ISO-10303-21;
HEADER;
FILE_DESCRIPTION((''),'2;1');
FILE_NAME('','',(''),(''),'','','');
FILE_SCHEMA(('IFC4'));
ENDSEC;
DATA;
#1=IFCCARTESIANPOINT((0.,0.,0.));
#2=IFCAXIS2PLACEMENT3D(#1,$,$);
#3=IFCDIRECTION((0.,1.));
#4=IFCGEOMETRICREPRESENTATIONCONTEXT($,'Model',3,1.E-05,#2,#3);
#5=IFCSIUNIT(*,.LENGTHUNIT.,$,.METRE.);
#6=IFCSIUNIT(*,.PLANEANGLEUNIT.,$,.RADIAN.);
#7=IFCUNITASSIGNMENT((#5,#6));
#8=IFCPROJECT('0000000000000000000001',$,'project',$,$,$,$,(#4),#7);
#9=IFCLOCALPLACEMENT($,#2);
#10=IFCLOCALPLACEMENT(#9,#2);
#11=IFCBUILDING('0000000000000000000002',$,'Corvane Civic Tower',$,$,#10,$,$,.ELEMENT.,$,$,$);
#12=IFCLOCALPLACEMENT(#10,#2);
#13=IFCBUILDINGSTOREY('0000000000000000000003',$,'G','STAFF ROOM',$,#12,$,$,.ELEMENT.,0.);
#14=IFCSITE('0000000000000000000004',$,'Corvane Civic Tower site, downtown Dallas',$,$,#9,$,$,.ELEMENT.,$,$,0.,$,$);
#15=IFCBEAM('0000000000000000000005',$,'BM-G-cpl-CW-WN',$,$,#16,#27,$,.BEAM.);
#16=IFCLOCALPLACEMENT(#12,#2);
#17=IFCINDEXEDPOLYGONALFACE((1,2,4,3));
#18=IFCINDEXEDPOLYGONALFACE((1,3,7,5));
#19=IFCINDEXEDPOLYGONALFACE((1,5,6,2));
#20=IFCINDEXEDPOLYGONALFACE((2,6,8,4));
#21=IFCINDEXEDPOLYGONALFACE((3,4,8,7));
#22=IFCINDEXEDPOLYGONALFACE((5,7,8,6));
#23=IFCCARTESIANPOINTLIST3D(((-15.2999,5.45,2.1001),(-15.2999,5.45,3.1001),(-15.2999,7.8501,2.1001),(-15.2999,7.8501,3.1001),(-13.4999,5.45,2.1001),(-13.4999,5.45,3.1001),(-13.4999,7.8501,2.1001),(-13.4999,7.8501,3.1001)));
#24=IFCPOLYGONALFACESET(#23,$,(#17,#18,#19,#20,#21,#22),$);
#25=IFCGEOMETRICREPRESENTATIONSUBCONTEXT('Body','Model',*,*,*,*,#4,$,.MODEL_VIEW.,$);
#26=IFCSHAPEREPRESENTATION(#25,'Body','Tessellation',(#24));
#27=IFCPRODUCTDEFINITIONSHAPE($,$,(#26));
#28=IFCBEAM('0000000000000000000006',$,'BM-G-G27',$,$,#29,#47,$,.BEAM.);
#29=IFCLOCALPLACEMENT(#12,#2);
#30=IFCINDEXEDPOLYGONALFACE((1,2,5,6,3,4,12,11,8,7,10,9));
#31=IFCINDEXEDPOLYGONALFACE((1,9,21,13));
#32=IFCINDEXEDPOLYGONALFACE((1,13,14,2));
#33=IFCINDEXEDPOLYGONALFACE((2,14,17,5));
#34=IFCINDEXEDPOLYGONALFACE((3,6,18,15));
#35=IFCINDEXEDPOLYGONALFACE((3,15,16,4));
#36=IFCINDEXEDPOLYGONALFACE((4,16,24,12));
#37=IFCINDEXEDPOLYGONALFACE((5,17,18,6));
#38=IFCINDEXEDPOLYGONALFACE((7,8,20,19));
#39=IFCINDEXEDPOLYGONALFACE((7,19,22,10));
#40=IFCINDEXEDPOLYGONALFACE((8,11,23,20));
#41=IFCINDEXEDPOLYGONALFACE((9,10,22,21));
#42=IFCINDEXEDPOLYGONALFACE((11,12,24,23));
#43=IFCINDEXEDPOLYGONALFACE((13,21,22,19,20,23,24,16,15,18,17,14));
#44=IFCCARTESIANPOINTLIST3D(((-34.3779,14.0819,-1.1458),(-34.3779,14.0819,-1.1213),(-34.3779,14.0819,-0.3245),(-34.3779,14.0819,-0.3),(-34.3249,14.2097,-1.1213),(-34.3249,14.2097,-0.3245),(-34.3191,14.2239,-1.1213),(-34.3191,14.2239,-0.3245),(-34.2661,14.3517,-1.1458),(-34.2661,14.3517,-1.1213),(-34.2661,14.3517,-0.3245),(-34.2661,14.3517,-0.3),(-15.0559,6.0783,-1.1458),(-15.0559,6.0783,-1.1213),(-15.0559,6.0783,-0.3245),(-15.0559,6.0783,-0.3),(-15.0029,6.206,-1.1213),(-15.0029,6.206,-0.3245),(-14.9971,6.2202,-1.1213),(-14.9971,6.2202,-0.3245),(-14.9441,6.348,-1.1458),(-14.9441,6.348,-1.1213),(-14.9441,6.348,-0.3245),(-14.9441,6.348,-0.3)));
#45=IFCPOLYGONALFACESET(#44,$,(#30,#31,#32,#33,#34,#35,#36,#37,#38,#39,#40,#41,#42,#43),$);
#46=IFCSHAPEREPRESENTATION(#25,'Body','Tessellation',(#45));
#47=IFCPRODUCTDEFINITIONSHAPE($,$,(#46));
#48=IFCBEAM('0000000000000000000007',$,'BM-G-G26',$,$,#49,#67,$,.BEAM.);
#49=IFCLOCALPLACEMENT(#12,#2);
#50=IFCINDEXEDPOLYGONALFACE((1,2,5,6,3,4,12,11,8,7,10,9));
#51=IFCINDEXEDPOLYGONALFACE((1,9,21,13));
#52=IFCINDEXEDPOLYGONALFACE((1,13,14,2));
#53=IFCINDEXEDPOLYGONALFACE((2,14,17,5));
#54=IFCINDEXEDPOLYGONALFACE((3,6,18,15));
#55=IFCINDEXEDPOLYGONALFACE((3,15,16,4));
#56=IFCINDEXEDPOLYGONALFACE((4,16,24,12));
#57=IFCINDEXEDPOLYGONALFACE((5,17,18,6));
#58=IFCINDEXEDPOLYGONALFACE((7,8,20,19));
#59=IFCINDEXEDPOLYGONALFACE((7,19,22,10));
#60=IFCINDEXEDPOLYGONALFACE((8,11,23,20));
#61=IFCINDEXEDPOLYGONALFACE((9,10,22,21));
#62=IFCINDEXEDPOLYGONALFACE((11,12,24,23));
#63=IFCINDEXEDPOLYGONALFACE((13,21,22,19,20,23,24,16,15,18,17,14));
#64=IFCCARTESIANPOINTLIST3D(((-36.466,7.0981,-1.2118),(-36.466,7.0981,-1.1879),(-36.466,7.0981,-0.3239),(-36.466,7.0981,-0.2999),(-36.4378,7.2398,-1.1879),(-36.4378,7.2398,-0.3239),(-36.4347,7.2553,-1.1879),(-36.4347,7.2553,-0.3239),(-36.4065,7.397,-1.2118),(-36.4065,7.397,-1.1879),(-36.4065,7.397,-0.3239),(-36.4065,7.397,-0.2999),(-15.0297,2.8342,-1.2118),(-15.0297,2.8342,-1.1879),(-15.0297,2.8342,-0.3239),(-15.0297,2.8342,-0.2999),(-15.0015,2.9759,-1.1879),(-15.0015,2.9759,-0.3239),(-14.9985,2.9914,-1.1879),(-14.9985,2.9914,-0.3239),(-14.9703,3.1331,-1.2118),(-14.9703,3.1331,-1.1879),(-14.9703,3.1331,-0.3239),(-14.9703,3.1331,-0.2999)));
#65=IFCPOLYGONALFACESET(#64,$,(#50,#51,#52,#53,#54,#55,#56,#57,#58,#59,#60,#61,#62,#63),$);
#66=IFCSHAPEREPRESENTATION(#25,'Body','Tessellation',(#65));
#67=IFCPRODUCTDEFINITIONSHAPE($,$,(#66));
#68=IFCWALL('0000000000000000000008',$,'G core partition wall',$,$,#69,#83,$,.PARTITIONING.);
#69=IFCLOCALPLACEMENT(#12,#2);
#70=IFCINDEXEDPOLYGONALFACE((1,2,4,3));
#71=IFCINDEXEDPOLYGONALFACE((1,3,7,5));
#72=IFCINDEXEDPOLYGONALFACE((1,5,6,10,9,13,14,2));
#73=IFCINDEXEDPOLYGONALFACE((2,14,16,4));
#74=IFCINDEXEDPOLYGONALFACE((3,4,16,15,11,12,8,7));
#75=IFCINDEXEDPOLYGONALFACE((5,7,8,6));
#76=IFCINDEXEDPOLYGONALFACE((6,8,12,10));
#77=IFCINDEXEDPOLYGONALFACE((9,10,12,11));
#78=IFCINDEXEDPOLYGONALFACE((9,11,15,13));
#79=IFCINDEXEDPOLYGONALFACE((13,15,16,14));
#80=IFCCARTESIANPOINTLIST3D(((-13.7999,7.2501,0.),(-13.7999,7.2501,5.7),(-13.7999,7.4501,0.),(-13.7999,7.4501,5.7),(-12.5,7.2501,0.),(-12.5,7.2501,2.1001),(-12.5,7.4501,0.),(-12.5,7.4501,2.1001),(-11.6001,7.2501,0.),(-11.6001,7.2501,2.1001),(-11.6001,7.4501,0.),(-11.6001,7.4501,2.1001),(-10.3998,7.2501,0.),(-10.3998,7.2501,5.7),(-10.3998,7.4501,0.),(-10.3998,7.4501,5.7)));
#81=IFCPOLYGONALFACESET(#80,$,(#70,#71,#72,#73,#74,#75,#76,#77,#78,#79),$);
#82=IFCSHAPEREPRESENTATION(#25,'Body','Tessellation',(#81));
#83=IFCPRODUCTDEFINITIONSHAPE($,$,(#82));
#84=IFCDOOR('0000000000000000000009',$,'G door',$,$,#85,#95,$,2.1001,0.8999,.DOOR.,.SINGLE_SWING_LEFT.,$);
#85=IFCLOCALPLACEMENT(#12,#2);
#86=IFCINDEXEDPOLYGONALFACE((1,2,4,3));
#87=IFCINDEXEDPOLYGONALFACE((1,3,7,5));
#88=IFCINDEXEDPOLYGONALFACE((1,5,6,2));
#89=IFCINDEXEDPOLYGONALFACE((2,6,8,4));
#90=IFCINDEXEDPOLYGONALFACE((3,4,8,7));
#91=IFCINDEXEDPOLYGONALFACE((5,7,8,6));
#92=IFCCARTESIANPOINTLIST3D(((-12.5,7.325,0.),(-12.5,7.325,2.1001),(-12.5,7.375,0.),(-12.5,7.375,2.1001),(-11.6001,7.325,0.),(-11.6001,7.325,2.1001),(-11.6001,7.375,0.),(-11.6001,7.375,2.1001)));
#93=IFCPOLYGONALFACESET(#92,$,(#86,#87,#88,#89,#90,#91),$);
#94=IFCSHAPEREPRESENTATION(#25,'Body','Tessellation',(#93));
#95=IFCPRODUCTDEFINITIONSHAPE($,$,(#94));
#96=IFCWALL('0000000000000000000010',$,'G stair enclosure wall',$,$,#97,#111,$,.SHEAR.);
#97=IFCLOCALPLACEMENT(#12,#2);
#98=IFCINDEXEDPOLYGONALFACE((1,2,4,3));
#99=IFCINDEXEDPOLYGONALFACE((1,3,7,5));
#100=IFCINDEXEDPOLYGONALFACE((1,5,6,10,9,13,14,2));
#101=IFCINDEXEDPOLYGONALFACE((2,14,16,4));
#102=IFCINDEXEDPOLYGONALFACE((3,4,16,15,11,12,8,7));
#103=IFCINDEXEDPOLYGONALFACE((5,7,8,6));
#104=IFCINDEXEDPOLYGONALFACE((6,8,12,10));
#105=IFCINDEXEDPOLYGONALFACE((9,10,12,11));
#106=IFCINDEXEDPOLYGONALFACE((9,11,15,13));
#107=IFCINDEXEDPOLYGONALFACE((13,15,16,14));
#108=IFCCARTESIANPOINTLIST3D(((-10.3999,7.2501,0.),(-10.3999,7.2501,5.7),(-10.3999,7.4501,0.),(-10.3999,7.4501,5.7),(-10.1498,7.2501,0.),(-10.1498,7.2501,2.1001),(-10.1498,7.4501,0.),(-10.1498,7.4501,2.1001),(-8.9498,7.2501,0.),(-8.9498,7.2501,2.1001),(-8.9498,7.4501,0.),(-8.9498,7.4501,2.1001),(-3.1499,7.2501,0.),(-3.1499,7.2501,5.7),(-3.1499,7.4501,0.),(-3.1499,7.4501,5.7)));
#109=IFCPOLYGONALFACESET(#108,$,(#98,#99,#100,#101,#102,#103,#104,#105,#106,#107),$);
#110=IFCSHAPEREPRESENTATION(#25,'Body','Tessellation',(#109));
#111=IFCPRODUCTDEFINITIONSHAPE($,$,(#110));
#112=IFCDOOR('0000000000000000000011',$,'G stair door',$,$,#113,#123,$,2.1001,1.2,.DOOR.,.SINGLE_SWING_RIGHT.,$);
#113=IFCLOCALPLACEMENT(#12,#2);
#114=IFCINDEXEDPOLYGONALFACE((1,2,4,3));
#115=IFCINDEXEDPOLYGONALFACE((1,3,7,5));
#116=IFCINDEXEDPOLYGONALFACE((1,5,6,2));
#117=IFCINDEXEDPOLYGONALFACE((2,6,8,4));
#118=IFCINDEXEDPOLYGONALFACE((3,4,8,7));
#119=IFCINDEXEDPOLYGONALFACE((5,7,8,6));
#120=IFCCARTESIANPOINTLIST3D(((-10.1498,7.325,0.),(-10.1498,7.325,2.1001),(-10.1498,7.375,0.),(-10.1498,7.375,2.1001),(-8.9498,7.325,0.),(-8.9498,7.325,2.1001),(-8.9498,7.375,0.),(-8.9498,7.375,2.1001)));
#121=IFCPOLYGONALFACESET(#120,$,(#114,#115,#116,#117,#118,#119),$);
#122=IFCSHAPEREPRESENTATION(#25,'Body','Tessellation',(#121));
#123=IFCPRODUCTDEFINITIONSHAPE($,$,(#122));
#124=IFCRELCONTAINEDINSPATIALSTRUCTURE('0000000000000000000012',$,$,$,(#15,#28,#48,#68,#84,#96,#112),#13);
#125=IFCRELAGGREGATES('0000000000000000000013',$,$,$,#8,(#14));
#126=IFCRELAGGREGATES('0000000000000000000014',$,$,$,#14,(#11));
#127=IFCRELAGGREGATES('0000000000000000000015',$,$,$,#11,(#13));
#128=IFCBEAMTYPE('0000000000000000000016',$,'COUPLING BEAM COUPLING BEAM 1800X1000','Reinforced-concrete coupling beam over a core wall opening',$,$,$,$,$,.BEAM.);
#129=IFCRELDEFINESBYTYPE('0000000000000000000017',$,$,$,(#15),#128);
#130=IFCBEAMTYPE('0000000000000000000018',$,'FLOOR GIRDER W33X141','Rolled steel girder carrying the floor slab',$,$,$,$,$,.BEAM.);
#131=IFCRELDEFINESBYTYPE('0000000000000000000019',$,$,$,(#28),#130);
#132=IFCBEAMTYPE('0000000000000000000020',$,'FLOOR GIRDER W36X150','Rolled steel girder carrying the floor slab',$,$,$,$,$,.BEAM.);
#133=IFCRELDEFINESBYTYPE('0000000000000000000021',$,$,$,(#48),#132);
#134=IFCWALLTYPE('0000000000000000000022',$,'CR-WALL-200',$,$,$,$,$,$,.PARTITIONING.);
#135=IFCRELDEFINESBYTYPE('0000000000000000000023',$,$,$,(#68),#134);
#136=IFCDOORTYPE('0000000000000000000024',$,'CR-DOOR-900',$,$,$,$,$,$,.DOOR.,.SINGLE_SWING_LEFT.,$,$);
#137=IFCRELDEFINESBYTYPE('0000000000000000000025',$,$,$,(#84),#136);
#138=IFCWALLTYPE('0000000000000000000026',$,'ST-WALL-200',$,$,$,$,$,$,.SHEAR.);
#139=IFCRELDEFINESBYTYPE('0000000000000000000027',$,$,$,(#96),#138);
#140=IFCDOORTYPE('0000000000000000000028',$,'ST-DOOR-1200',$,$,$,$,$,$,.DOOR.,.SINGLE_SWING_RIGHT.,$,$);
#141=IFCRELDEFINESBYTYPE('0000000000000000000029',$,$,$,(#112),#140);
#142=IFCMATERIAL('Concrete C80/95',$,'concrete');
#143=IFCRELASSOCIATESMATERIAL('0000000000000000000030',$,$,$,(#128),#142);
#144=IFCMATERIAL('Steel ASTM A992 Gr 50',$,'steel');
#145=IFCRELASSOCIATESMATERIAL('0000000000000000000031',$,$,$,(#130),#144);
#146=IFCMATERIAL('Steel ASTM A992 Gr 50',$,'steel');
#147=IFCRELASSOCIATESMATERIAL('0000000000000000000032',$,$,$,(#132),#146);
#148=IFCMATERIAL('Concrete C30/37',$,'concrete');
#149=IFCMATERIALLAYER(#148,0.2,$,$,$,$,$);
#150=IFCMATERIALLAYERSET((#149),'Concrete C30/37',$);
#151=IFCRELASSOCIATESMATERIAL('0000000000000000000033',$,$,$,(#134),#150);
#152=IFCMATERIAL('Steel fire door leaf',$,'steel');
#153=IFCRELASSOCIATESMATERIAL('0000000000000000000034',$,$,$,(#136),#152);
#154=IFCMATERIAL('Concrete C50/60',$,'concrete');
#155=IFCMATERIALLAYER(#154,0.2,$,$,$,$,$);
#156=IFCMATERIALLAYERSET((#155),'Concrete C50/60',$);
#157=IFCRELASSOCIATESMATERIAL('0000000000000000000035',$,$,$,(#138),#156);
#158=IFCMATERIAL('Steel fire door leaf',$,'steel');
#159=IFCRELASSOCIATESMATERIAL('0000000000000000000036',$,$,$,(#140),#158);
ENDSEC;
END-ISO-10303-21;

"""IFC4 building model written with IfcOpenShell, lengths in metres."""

from ifc_helpers import new_model, si_unit, direction, frame, frame_2d, origin, origin_2d, place, context, subcontext, project, spatial, rectangle, i_section, extrude, material, layer, layer_set, material_profile, profile_set, type_object, element, fill, save


model = new_model("IFC4")

# Units and contexts
model_context = context("Model", 3, precision=1e-05, world=origin(), true_north=direction((0.0, 1.0)))
body_context = subcontext(model_context, "Body", "Model", "MODEL_VIEW")
ifc_project = project(units=[si_unit("LENGTHUNIT", "METRE"), si_unit("PLANEANGLEUNIT", "RADIAN")], contexts=[model_context])

# Site, building, storey
site_placement = place(None, origin())
site = spatial("IfcSite", under=ifc_project, at=site_placement, Name="Corvane Civic Tower site, downtown Dallas", CompositionType="ELEMENT", RefElevation=0.0)
building_placement = place(site_placement, origin())
building = spatial("IfcBuilding", under=site, at=building_placement, Name="Corvane Civic Tower", CompositionType="ELEMENT")
storey_placement = place(building_placement, origin())
storey = spatial("IfcBuildingStorey", under=building, at=storey_placement, Name="G", Description="STAFF ROOM", CompositionType="ELEMENT", Elevation=0.0)

# Beams
ifc_material_1 = material(Name="Concrete C80/95", Category="concrete")
ifc_material_profile_1 = material_profile(ifc_material_1, rectangle(XDim=1.8, YDim=1.0, at=origin_2d()), Name="COUPLING BEAM 1800X1000")
ifc_profile_set_1 = profile_set([ifc_material_profile_1], Name="Concrete C80/95")
beam_type_1 = type_object("IfcBeamType", Name="COUPLING BEAM COUPLING BEAM 1800X1000", Description="Reinforced-concrete coupling beam over a core wall opening", PredefinedType="BEAM", material=ifc_profile_set_1)
beam_1_placement = place(storey_placement, frame((-14.3999, 5.45, 2.6001), z_axis=(0.0, 1.0, 0.0), x_axis=(-1.0, 0.0, 0.0)))
element("IfcBeam", 1, at=beam_1_placement, inside=storey, type_object=beam_type_1, Name="BM-G-cpl-CW-WN", PredefinedType="BEAM", context=body_context, shape_type="SweptSolid", body=[
    extrude(rectangle(XDim=1.8, YDim=1.0, at=origin_2d()), origin(), (0.0, 0.0, 1.0), 2.4001),
])
ifc_material_2 = material(Name="Steel ASTM A992 Gr 50", Category="steel")
ifc_material_profile_2 = material_profile(ifc_material_2, i_section(OverallWidth=0.292, OverallDepth=0.8457, WebThickness=0.0154, FlangeThickness=0.0244, at=origin_2d()), Name="W33X141")
ifc_profile_set_2 = profile_set([ifc_material_profile_2], Name="Steel ASTM A992 Gr 50")
beam_type_2 = type_object("IfcBeamType", Name="FLOOR GIRDER W33X141", Description="Rolled steel girder carrying the floor slab", PredefinedType="BEAM", material=ifc_profile_set_2)
beam_2_placement = place(storey_placement, frame((-15.0, 6.2131, -0.7229), z_axis=(-0.923876, 0.382692, 0.0), x_axis=(-0.382692, -0.923876, 0.0)))
element("IfcBeam", 2, at=beam_2_placement, inside=storey, type_object=beam_type_2, Name="BM-G-G27", PredefinedType="BEAM", context=body_context, shape_type="SweptSolid", body=[
    extrude(i_section(OverallWidth=0.292, OverallDepth=0.8457, WebThickness=0.0154, FlangeThickness=0.0244, at=origin_2d()), origin(), (0.0, 0.0, 1.0), 20.9141),
])
ifc_material_3 = material(Name="Steel ASTM A992 Gr 50", Category="steel")
ifc_material_profile_3 = material_profile(ifc_material_3, i_section(OverallWidth=0.3047, OverallDepth=0.9119, WebThickness=0.0159, FlangeThickness=0.0239, at=origin_2d()), Name="W36X150")
ifc_profile_set_3 = profile_set([ifc_material_profile_3], Name="Steel ASTM A992 Gr 50")
beam_type_3 = type_object("IfcBeamType", Name="FLOOR GIRDER W36X150", Description="Rolled steel girder carrying the floor slab", PredefinedType="BEAM", material=ifc_profile_set_3)
beam_3_placement = place(storey_placement, frame((-15.0, 2.9836, -0.7559), z_axis=(-0.980785, 0.195089, 0.0), x_axis=(-0.195089, -0.980785, 0.0)))
element("IfcBeam", 3, at=beam_3_placement, inside=storey, type_object=beam_type_3, Name="BM-G-G26", PredefinedType="BEAM", context=body_context, shape_type="SweptSolid", body=[
    extrude(i_section(OverallWidth=0.3047, OverallDepth=0.9119, WebThickness=0.0159, FlangeThickness=0.0239, at=origin_2d()), origin(), (0.0, 0.0, 1.0), 21.8562),
])

# Shared definitions
ifc_material_4 = material(Name="Concrete C30/37", Category="concrete")
ifc_layer_1 = layer(ifc_material_4, 0.2)
ifc_layer_set_1 = layer_set([ifc_layer_1], Name="Concrete C30/37")
wall_type_1 = type_object("IfcWallType", Name="CR-WALL-200", PredefinedType="PARTITIONING", material=ifc_layer_set_1)

# Walls, openings, doors
wall_1_placement = place(storey_placement, frame((-13.8, 7.3501, 0.0), z_axis=(0.0, 0.0, 1.0), x_axis=(1.0, 0.0, 0.0)))
wall_1 = element("IfcWall", 4, at=wall_1_placement, inside=storey, type_object=wall_type_1, Name="G core partition wall", PredefinedType="PARTITIONING", context=body_context, shape_type="SweptSolid", body=[
    extrude(rectangle(XDim=3.4001, YDim=0.2, at=frame_2d((1.7002, 0.0))), origin(), (0.0, 0.0, 1.0), 5.7),
])
opening_1_placement = place(wall_1_placement, frame((1.3, 0.0, 0.0)))
opening_1 = element("IfcOpeningElement", 5, at=opening_1_placement, cuts=wall_1, PredefinedType="OPENING", context=body_context, shape_type="SweptSolid", body=[
    extrude(rectangle(XDim=0.8999, YDim=2.1001, at=frame_2d((0.45, 1.05))), frame((0.0, 0.1099, 0.0), z_axis=(0.0, -1.0, 0.0), x_axis=(1.0, 0.0, 0.0)), (0.0, 0.0, 1.0), 0.22),
])
ifc_material_5 = material(Name="Steel fire door leaf", Category="steel")
door_type_1 = type_object("IfcDoorType", Name="CR-DOOR-900", OperationType="SINGLE_SWING_LEFT", PredefinedType="DOOR", material=ifc_material_5)
door_1_placement = place(opening_1_placement, origin())
door_1 = element("IfcDoor", 6, at=door_1_placement, inside=storey, type_object=door_type_1, Name="G door", OperationType="SINGLE_SWING_LEFT", OverallHeight=2.1001, OverallWidth=0.8999, PredefinedType="DOOR", context=body_context, shape_type="SweptSolid", body=[
    extrude(rectangle(XDim=0.8999, YDim=2.1001, at=frame_2d((0.45, 1.05))), frame((0.0, 0.0249, 0.0), z_axis=(0.0, -1.0, 0.0), x_axis=(1.0, 0.0, 0.0)), (0.0, 0.0, 1.0), 0.05),
])
fill(opening_1, door_1)
ifc_material_6 = material(Name="Concrete C50/60", Category="concrete")
ifc_layer_2 = layer(ifc_material_6, 0.2)
ifc_layer_set_2 = layer_set([ifc_layer_2], Name="Concrete C50/60")
wall_type_2 = type_object("IfcWallType", Name="ST-WALL-200", PredefinedType="SHEAR", material=ifc_layer_set_2)
wall_2_placement = place(storey_placement, frame((-10.3999, 7.3501, 0.0), z_axis=(0.0, 0.0, 1.0), x_axis=(1.0, 0.0, 0.0)))
wall_2 = element("IfcWall", 7, at=wall_2_placement, inside=storey, type_object=wall_type_2, Name="G stair enclosure wall", PredefinedType="SHEAR", context=body_context, shape_type="SweptSolid", body=[
    extrude(rectangle(XDim=7.25, YDim=0.2, at=frame_2d((3.625, 0.0))), origin(), (0.0, 0.0, 1.0), 5.7),
])
opening_2_placement = place(wall_2_placement, frame((0.25, 0.0, 0.0)))
opening_2 = element("IfcOpeningElement", 8, at=opening_2_placement, cuts=wall_2, PredefinedType="OPENING", context=body_context, shape_type="SweptSolid", body=[
    extrude(rectangle(XDim=1.2, YDim=2.1001, at=frame_2d((0.6001, 1.05))), frame((0.0, 0.1099, 0.0), z_axis=(0.0, -1.0, 0.0), x_axis=(1.0, 0.0, 0.0)), (0.0, 0.0, 1.0), 0.22),
])
ifc_material_7 = material(Name="Steel fire door leaf", Category="steel")
door_type_2 = type_object("IfcDoorType", Name="ST-DOOR-1200", OperationType="SINGLE_SWING_RIGHT", PredefinedType="DOOR", material=ifc_material_7)
door_2_placement = place(opening_2_placement, origin())
door_2 = element("IfcDoor", 9, at=door_2_placement, inside=storey, type_object=door_type_2, Name="G stair door", OperationType="SINGLE_SWING_RIGHT", OverallHeight=2.1001, OverallWidth=1.2, PredefinedType="DOOR", context=body_context, shape_type="SweptSolid", body=[
    extrude(rectangle(XDim=1.2, YDim=2.1001, at=frame_2d((0.6001, 1.05))), frame((0.0, 0.0249, 0.0), z_axis=(0.0, -1.0, 0.0), x_axis=(1.0, 0.0, 0.0)), (0.0, 0.0, 1.0), 0.05),
])
fill(opening_2, door_2)

save(model, "model.ifc")
